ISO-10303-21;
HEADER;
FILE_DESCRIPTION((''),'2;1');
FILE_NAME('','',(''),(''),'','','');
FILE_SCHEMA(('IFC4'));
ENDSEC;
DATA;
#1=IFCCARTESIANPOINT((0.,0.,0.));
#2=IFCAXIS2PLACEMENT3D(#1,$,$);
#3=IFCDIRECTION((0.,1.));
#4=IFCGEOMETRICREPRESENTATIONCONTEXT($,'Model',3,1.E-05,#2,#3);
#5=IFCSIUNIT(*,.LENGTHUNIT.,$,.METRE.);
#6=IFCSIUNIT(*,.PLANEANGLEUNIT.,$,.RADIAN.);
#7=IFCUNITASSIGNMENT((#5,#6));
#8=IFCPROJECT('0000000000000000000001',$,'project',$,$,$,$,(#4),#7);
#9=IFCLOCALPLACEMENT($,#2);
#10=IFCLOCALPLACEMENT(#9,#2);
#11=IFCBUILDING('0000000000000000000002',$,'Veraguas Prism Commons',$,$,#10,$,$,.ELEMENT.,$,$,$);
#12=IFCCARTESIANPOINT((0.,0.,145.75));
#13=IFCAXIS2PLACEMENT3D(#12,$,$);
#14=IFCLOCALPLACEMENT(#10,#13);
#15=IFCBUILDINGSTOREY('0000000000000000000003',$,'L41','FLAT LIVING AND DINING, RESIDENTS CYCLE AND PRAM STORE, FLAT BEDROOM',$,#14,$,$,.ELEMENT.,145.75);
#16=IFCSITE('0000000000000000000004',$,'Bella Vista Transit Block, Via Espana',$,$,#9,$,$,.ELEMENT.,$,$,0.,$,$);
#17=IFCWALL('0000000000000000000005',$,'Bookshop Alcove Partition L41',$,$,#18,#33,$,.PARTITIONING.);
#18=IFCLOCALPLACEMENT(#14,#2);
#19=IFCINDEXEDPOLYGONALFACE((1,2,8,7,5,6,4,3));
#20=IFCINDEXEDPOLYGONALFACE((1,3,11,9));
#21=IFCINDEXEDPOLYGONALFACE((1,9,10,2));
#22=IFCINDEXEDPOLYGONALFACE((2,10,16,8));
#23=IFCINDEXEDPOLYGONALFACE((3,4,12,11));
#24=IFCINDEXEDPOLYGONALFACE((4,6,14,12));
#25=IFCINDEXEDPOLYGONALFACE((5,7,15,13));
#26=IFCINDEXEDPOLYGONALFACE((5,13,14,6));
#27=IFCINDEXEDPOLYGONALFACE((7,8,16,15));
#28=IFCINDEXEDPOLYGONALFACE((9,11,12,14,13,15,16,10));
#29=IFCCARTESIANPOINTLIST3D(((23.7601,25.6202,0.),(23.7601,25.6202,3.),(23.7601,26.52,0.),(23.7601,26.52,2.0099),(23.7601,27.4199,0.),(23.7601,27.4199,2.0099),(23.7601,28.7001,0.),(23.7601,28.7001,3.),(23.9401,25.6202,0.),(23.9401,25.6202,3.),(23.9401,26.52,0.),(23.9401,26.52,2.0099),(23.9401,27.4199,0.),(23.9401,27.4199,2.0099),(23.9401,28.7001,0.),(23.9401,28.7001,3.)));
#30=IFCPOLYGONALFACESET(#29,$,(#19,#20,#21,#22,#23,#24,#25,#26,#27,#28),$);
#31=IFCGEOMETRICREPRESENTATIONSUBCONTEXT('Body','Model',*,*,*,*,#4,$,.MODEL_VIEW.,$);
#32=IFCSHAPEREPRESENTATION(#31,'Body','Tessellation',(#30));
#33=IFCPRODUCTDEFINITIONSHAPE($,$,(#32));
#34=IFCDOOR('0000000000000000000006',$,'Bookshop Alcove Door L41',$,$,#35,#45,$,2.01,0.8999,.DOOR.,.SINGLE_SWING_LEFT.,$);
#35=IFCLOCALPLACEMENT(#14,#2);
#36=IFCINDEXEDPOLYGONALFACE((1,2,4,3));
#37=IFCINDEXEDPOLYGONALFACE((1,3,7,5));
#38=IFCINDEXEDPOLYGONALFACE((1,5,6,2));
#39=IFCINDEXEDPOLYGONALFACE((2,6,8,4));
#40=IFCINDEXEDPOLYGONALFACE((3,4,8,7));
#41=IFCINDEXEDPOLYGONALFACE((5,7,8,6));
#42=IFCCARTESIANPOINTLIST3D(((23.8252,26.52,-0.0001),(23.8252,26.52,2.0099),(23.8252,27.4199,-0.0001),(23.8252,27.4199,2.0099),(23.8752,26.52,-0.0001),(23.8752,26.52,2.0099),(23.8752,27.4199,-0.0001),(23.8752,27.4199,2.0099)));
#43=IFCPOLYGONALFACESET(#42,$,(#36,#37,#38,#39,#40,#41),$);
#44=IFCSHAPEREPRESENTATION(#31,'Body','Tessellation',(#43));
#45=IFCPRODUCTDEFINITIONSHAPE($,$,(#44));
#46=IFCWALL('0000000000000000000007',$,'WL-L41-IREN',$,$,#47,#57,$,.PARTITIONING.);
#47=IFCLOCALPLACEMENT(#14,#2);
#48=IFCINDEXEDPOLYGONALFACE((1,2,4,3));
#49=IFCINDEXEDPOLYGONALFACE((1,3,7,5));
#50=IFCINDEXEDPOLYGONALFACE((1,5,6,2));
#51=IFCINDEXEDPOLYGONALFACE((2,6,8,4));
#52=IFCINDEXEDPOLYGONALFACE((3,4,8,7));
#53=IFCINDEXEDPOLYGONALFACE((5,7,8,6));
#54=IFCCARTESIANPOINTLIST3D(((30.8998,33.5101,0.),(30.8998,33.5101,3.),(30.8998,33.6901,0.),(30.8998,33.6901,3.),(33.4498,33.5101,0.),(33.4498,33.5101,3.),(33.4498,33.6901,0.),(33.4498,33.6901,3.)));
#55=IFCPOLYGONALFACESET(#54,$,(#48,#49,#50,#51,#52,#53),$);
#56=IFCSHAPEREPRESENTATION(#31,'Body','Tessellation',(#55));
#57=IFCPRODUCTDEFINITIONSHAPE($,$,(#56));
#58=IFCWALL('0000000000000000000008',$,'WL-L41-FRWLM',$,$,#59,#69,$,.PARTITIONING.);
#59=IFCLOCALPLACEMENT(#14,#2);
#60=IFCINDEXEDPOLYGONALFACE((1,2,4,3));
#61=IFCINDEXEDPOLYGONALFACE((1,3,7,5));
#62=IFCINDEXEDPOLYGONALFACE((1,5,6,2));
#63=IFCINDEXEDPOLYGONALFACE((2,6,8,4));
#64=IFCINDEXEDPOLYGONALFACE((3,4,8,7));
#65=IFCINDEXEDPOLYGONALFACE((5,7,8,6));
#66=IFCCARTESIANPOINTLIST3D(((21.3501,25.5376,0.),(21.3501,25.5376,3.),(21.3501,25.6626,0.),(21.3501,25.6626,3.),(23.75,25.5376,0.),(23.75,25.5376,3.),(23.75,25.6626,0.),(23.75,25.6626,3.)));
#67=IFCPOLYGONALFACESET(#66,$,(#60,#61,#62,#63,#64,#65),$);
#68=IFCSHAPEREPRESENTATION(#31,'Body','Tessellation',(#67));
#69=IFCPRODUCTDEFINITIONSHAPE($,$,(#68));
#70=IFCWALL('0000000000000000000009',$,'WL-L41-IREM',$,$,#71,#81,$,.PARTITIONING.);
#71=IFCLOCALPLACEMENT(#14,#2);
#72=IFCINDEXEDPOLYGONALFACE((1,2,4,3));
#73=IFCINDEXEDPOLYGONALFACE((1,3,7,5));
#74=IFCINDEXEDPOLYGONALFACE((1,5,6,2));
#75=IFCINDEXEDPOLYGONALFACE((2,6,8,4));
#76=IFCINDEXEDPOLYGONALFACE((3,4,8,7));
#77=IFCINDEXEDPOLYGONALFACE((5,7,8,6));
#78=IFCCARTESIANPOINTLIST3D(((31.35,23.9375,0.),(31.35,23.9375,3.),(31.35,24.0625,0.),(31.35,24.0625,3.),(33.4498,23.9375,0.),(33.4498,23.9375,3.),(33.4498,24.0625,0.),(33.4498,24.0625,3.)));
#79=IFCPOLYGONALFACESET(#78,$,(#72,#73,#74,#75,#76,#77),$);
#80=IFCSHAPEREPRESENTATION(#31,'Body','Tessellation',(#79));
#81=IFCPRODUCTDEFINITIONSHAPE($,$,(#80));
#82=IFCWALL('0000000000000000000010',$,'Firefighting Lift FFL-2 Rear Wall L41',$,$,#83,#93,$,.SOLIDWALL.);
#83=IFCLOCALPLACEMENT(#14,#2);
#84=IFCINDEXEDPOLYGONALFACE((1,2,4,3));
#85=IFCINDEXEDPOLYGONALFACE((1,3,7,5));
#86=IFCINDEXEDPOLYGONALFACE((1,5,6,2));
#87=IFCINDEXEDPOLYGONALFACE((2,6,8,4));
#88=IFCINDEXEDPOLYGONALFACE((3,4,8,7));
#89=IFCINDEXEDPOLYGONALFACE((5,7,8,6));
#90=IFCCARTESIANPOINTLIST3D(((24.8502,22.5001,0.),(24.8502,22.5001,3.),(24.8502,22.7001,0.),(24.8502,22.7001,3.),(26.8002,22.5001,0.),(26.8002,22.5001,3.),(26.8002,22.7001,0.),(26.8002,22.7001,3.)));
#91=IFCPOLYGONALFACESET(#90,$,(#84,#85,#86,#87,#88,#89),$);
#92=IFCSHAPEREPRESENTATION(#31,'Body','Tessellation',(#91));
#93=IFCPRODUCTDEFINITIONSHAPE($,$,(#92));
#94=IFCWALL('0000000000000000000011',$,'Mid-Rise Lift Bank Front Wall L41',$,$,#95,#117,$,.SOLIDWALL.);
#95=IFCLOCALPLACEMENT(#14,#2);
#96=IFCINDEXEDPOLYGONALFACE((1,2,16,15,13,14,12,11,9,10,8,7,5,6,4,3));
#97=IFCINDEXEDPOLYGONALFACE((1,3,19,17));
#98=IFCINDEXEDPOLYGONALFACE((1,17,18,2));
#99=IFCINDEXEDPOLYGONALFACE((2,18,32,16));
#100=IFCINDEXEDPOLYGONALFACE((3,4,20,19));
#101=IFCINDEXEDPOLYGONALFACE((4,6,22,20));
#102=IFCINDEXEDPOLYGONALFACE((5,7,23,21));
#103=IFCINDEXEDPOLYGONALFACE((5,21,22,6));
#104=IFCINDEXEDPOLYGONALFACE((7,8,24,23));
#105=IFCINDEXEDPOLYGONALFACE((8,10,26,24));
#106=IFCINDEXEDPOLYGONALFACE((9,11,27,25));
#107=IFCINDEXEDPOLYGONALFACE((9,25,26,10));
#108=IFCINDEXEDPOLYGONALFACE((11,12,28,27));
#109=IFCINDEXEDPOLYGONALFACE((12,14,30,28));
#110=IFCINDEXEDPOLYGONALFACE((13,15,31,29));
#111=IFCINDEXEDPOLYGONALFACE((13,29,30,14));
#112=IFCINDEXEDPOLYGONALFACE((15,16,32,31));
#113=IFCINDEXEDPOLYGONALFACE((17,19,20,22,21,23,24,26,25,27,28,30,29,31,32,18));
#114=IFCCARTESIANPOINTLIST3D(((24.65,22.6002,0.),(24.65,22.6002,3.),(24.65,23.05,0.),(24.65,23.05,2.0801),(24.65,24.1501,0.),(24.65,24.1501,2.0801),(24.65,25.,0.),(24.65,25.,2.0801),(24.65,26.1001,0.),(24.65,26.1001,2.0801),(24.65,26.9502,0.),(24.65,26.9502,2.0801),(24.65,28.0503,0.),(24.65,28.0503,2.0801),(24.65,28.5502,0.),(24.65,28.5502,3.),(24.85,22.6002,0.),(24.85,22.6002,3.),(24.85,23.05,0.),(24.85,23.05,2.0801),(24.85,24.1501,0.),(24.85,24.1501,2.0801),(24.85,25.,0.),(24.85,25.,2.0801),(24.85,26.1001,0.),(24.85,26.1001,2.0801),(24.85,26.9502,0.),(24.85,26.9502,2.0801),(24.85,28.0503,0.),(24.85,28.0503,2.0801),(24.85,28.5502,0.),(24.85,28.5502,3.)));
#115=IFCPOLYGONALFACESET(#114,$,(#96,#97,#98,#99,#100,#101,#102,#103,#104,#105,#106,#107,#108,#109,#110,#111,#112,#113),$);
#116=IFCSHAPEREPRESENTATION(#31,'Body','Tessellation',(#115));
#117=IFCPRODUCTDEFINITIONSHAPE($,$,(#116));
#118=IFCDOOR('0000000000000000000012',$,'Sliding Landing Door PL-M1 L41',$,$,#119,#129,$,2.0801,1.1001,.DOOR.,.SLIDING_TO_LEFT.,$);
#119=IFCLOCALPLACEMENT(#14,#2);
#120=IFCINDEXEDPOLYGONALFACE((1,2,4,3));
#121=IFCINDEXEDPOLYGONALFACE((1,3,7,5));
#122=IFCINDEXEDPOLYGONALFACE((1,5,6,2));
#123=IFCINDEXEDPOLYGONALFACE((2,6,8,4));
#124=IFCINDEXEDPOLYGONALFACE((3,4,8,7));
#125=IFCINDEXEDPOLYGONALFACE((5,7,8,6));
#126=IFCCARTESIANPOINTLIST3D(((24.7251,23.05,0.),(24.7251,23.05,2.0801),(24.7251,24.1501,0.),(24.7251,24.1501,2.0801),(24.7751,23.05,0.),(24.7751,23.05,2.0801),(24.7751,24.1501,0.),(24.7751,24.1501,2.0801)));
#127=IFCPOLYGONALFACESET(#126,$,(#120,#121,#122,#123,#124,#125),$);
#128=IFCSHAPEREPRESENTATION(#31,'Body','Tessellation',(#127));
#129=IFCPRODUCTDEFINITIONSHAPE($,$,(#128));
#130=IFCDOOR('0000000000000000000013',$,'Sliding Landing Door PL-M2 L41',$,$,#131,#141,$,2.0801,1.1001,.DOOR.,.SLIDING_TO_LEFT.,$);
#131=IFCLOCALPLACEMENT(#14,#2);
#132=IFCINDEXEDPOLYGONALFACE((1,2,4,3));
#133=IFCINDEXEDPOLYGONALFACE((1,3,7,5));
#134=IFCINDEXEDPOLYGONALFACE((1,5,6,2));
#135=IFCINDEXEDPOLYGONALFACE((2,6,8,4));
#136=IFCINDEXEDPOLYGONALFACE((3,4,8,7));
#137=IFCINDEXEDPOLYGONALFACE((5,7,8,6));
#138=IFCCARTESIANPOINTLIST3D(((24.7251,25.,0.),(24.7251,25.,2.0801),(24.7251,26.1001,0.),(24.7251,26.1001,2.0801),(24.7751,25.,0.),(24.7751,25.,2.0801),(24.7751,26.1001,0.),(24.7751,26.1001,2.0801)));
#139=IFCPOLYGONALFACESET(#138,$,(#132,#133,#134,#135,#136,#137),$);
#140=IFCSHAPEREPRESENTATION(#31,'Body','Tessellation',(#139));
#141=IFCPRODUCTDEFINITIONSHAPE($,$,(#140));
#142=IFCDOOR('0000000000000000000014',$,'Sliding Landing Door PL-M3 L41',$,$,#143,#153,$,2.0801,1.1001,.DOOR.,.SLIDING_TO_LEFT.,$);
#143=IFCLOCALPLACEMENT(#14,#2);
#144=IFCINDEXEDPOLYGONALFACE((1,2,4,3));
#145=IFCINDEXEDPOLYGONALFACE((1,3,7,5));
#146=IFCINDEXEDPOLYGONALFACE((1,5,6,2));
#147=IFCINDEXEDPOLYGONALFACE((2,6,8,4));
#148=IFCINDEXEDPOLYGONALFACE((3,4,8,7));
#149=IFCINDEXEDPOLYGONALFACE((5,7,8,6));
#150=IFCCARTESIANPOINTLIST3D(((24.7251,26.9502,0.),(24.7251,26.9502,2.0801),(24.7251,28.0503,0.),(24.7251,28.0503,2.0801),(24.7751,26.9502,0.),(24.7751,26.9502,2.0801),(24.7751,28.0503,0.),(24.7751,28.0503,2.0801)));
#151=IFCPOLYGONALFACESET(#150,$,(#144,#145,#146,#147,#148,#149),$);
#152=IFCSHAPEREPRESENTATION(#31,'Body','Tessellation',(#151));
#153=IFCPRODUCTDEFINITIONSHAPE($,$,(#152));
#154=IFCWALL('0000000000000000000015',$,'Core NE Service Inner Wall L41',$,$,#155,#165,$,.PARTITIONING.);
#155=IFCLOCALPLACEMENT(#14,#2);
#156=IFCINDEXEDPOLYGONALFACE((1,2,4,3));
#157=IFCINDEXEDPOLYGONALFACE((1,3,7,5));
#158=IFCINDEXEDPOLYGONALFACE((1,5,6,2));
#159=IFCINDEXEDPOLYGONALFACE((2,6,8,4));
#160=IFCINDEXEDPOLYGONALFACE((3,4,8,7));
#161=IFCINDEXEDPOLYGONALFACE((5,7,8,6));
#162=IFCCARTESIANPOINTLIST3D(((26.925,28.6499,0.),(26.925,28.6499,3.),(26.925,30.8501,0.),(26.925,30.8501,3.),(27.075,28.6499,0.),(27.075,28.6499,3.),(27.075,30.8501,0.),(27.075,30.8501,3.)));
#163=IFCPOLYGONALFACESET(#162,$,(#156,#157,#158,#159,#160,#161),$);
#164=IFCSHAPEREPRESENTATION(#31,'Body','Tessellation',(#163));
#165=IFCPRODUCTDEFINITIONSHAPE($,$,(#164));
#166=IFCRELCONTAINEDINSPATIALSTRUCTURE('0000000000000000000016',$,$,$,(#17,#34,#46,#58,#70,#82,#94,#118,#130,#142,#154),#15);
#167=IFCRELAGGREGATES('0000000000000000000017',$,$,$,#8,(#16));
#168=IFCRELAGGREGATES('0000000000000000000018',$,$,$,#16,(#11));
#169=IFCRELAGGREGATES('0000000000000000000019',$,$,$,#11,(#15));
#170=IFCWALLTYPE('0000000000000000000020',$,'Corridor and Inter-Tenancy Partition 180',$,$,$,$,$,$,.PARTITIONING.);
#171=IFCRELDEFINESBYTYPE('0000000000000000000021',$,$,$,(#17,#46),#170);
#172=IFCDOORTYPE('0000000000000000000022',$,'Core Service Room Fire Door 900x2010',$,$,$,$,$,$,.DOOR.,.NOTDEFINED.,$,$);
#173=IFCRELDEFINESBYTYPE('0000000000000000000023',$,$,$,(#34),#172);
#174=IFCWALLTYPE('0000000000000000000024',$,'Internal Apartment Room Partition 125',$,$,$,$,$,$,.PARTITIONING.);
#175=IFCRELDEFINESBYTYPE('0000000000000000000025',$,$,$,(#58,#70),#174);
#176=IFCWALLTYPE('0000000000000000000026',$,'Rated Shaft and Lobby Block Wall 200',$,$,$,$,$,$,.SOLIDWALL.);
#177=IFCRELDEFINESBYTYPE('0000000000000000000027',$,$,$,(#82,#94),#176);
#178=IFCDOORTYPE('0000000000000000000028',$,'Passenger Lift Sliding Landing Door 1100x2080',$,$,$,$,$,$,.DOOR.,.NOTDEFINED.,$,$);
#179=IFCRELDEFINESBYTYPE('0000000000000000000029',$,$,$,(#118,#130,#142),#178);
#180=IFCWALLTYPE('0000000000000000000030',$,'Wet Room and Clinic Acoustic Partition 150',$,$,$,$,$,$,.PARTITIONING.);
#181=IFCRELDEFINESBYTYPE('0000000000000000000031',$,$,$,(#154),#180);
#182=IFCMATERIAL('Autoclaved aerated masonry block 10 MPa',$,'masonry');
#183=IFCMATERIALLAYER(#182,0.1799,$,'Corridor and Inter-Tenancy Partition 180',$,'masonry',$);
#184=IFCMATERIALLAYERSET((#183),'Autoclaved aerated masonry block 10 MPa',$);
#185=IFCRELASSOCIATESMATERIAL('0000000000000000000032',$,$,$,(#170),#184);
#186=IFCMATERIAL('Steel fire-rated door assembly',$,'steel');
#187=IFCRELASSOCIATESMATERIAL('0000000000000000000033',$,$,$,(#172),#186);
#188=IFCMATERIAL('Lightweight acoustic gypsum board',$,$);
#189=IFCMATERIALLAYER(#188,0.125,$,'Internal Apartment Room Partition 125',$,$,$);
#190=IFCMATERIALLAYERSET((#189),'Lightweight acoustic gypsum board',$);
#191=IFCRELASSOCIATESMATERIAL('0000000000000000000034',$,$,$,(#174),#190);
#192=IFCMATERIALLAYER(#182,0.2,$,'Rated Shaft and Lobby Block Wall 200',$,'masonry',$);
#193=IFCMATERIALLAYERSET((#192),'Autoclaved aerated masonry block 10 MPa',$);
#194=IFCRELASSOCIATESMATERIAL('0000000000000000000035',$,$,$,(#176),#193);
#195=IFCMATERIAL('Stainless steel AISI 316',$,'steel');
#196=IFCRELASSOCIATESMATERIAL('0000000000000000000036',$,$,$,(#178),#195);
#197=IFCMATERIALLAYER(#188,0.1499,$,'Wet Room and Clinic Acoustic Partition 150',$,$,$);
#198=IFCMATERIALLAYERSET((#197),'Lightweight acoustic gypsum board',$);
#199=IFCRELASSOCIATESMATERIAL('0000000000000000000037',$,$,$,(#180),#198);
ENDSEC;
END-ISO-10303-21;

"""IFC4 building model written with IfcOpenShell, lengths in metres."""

from ifc_helpers import new_model, si_unit, direction, frame, frame_2d, origin, place, context, subcontext, project, spatial, rectangle, extrude, source, transform, mapped, material, layer, layer_set, type_object, element, fill, save


model = new_model("IFC4")

# Units and contexts
model_context = context("Model", 3, precision=1e-05, world=origin(), true_north=direction((0.0, 1.0)))
body_context = subcontext(model_context, "Body", "Model", "MODEL_VIEW")
ifc_project = project(units=[si_unit("LENGTHUNIT", "METRE"), si_unit("PLANEANGLEUNIT", "RADIAN")], contexts=[model_context])

# Site, building, storey
site_placement = place(None, origin())
site = spatial("IfcSite", under=ifc_project, at=site_placement, Name="Bella Vista Transit Block, Via Espana", CompositionType="ELEMENT", RefElevation=0.0)
building_placement = place(site_placement, origin())
building = spatial("IfcBuilding", under=site, at=building_placement, Name="Veraguas Prism Commons", CompositionType="ELEMENT")
storey_placement = place(building_placement, frame((0.0, 0.0, 145.75)))
storey = spatial("IfcBuildingStorey", under=building, at=storey_placement, Name="L41", Description="FLAT LIVING AND DINING, RESIDENTS CYCLE AND PRAM STORE, FLAT BEDROOM", CompositionType="ELEMENT", Elevation=145.75)

# Wall, opening, door
ifc_material_1 = material(Name="Steel fire-rated door assembly", Category="steel")
ifc_material_2 = material(Name="Autoclaved aerated masonry block 10 MPa", Category="masonry")
ifc_layer_1 = layer(ifc_material_2, 0.1799, Name="Corridor and Inter-Tenancy Partition 180", Category="masonry")
ifc_layer_set_1 = layer_set([ifc_layer_1], Name="Autoclaved aerated masonry block 10 MPa")
wall_type_1 = type_object("IfcWallType", Name="Corridor and Inter-Tenancy Partition 180", PredefinedType="PARTITIONING", material=ifc_layer_set_1)
door_type_1 = type_object("IfcDoorType", Name="Core Service Room Fire Door 900x2010", OperationType="NOTDEFINED", PredefinedType="DOOR", material=ifc_material_1)
shared_shape_1 = source(origin(), body_context, "Body", "SweptSolid", [
    extrude(rectangle(XDim=0.8999, YDim=2.01, at=frame_2d((0.45, 1.0049))), frame((0.0, 0.0249, 0.0), z_axis=(0.0, -1.0, 0.0), x_axis=(1.0, 0.0, 0.0)), (0.0, 0.0, 1.0), 0.05),
])
wall_1_placement = place(storey_placement, frame((23.8501, 25.6201, 0.0), z_axis=(0.0, 0.0, 1.0), x_axis=(0.0, 1.0, 0.0)))
wall_1 = element("IfcWall", 1, at=wall_1_placement, inside=storey, type_object=wall_type_1, Name="Bookshop Alcove Partition L41", PredefinedType="PARTITIONING", context=body_context, shape_type="SweptSolid", body=[
    extrude(rectangle(XDim=3.0798, YDim=0.1799, at=frame_2d((1.54, 0.0))), origin(), (0.0, 0.0, 1.0), 3.0),
])
opening_1_placement = place(wall_1_placement, frame((0.8999, 0.0, 0.0)))
opening_1 = element("IfcOpeningElement", 2, at=opening_1_placement, cuts=wall_1, PredefinedType="OPENING", context=body_context, shape_type="SweptSolid", body=[
    extrude(rectangle(XDim=0.8999, YDim=2.01, at=frame_2d((0.45, 1.0049))), frame((0.0, 0.0999, 0.0), z_axis=(0.0, -1.0, 0.0), x_axis=(1.0, 0.0, 0.0)), (0.0, 0.0, 1.0), 0.2),
])
door_1_placement = place(opening_1_placement, origin())
door_1 = element("IfcDoor", 3, at=door_1_placement, inside=storey, type_object=door_type_1, Name="Bookshop Alcove Door L41", OperationType="SINGLE_SWING_LEFT", OverallHeight=2.01, OverallWidth=0.8999, PredefinedType="DOOR", context=body_context, shape_type="MappedRepresentation", body=[
    mapped(shared_shape_1, transform((0.0, 0.0, 0.0), scale=1.0)),
])
fill(opening_1, door_1)

# Walls
wall_2_placement = place(storey_placement, frame((30.8999, 33.6001, 0.0), z_axis=(0.0, 0.0, 1.0), x_axis=(1.0, 0.0, 0.0)))
element("IfcWall", 4, at=wall_2_placement, inside=storey, type_object=wall_type_1, Name="WL-L41-IREN", PredefinedType="PARTITIONING", context=body_context, shape_type="SweptSolid", body=[
    extrude(rectangle(XDim=2.55, YDim=0.1799, at=frame_2d((1.2749, 0.0))), origin(), (0.0, 0.0, 1.0), 3.0),
])
ifc_material_3 = material(Name="Lightweight acoustic gypsum board")
ifc_layer_2 = layer(ifc_material_3, 0.125, Name="Internal Apartment Room Partition 125")
ifc_layer_set_2 = layer_set([ifc_layer_2], Name="Lightweight acoustic gypsum board")
wall_type_2 = type_object("IfcWallType", Name="Internal Apartment Room Partition 125", PredefinedType="PARTITIONING", material=ifc_layer_set_2)
wall_3_placement = place(storey_placement, frame((21.3501, 25.6001, 0.0), z_axis=(0.0, 0.0, 1.0), x_axis=(1.0, 0.0, 0.0)))
element("IfcWall", 5, at=wall_3_placement, inside=storey, type_object=wall_type_2, Name="WL-L41-FRWLM", PredefinedType="PARTITIONING", context=body_context, shape_type="SweptSolid", body=[
    extrude(rectangle(XDim=2.3999, YDim=0.125, at=frame_2d((1.2, 0.0))), origin(), (0.0, 0.0, 1.0), 3.0),
])
wall_4_placement = place(storey_placement, frame((31.3501, 24.0, 0.0), z_axis=(0.0, 0.0, 1.0), x_axis=(1.0, 0.0, 0.0)))
element("IfcWall", 6, at=wall_4_placement, inside=storey, type_object=wall_type_2, Name="WL-L41-IREM", PredefinedType="PARTITIONING", context=body_context, shape_type="SweptSolid", body=[
    extrude(rectangle(XDim=2.0999, YDim=0.125, at=frame_2d((1.0498, 0.0))), origin(), (0.0, 0.0, 1.0), 3.0),
])
ifc_layer_3 = layer(ifc_material_2, 0.2, Name="Rated Shaft and Lobby Block Wall 200", Category="masonry")
ifc_layer_set_3 = layer_set([ifc_layer_3], Name="Autoclaved aerated masonry block 10 MPa")
wall_type_3 = type_object("IfcWallType", Name="Rated Shaft and Lobby Block Wall 200", PredefinedType="SOLIDWALL", material=ifc_layer_set_3)
wall_5_placement = place(storey_placement, frame((24.8501, 22.6001, 0.0), z_axis=(0.0, 0.0, 1.0), x_axis=(1.0, 0.0, 0.0)))
element("IfcWall", 7, at=wall_5_placement, inside=storey, type_object=wall_type_3, Name="Firefighting Lift FFL-2 Rear Wall L41", PredefinedType="SOLIDWALL", context=body_context, shape_type="SweptSolid", body=[
    extrude(rectangle(XDim=1.95, YDim=0.2, at=frame_2d((0.9751, 0.0))), origin(), (0.0, 0.0, 1.0), 3.0),
])

# Wall, openings, doors
wall_6_placement = place(storey_placement, frame((24.75, 22.6001, 0.0), z_axis=(0.0, 0.0, 1.0), x_axis=(0.0, 1.0, 0.0)))
wall_6 = element("IfcWall", 8, at=wall_6_placement, inside=storey, type_object=wall_type_3, Name="Mid-Rise Lift Bank Front Wall L41", PredefinedType="SOLIDWALL", context=body_context, shape_type="SweptSolid", body=[
    extrude(rectangle(XDim=5.95, YDim=0.2, at=frame_2d((2.9751, 0.0))), origin(), (0.0, 0.0, 1.0), 3.0),
])
opening_2_placement = place(wall_6_placement, frame((0.45, 0.0, 0.0)))
opening_2 = element("IfcOpeningElement", 9, at=opening_2_placement, cuts=wall_6, PredefinedType="OPENING", context=body_context, shape_type="SweptSolid", body=[
    extrude(rectangle(XDim=1.1001, YDim=2.0801, at=frame_2d((0.55, 1.04))), frame((0.0, 0.1099, 0.0), z_axis=(0.0, -1.0, 0.0), x_axis=(1.0, 0.0, 0.0)), (0.0, 0.0, 1.0), 0.22),
])
opening_3_placement = place(wall_6_placement, frame((2.3999, 0.0, 0.0)))
opening_3 = element("IfcOpeningElement", 10, at=opening_3_placement, cuts=wall_6, PredefinedType="OPENING", context=body_context, shape_type="SweptSolid", body=[
    extrude(rectangle(XDim=1.1001, YDim=2.0801, at=frame_2d((0.55, 1.04))), frame((0.0, 0.1099, 0.0), z_axis=(0.0, -1.0, 0.0), x_axis=(1.0, 0.0, 0.0)), (0.0, 0.0, 1.0), 0.22),
])
opening_4_placement = place(wall_6_placement, frame((4.3501, 0.0, 0.0)))
opening_4 = element("IfcOpeningElement", 11, at=opening_4_placement, cuts=wall_6, PredefinedType="OPENING", context=body_context, shape_type="SweptSolid", body=[
    extrude(rectangle(XDim=1.1001, YDim=2.0801, at=frame_2d((0.55, 1.04))), frame((0.0, 0.1099, 0.0), z_axis=(0.0, -1.0, 0.0), x_axis=(1.0, 0.0, 0.0)), (0.0, 0.0, 1.0), 0.22),
])
ifc_material_4 = material(Name="Stainless steel AISI 316", Category="steel")
door_type_2 = type_object("IfcDoorType", Name="Passenger Lift Sliding Landing Door 1100x2080", OperationType="NOTDEFINED", PredefinedType="DOOR", material=ifc_material_4)
shared_shape_2 = source(origin(), body_context, "Body", "SweptSolid", [
    extrude(rectangle(XDim=1.1001, YDim=2.0801, at=frame_2d((0.55, 1.04))), frame((0.0, 0.0249, 0.0), z_axis=(0.0, -1.0, 0.0), x_axis=(1.0, 0.0, 0.0)), (0.0, 0.0, 1.0), 0.05),
])
door_2_placement = place(opening_2_placement, origin())
door_2 = element("IfcDoor", 12, at=door_2_placement, inside=storey, type_object=door_type_2, Name="Sliding Landing Door PL-M1 L41", OperationType="SLIDING_TO_LEFT", OverallHeight=2.0801, OverallWidth=1.1001, PredefinedType="DOOR", context=body_context, shape_type="MappedRepresentation", body=[
    mapped(shared_shape_2, transform((0.0, 0.0, 0.0), scale=1.0)),
])
fill(opening_2, door_2)
door_3_placement = place(opening_3_placement, origin())
door_3 = element("IfcDoor", 13, at=door_3_placement, inside=storey, type_object=door_type_2, Name="Sliding Landing Door PL-M2 L41", OperationType="SLIDING_TO_LEFT", OverallHeight=2.0801, OverallWidth=1.1001, PredefinedType="DOOR", context=body_context, shape_type="MappedRepresentation", body=[
    mapped(shared_shape_2, transform((0.0, 0.0, 0.0), scale=1.0)),
])
fill(opening_3, door_3)
door_4_placement = place(opening_4_placement, origin())
door_4 = element("IfcDoor", 14, at=door_4_placement, inside=storey, type_object=door_type_2, Name="Sliding Landing Door PL-M3 L41", OperationType="SLIDING_TO_LEFT", OverallHeight=2.0801, OverallWidth=1.1001, PredefinedType="DOOR", context=body_context, shape_type="MappedRepresentation", body=[
    mapped(shared_shape_2, transform((0.0, 0.0, 0.0), scale=1.0)),
])
fill(opening_4, door_4)

# Wall
ifc_layer_4 = layer(ifc_material_3, 0.1499, Name="Wet Room and Clinic Acoustic Partition 150")
ifc_layer_set_4 = layer_set([ifc_layer_4], Name="Lightweight acoustic gypsum board")
wall_type_4 = type_object("IfcWallType", Name="Wet Room and Clinic Acoustic Partition 150", PredefinedType="PARTITIONING", material=ifc_layer_set_4)
wall_7_placement = place(storey_placement, frame((27.0, 28.6499, 0.0), z_axis=(0.0, 0.0, 1.0), x_axis=(0.0, 1.0, 0.0)))
element("IfcWall", 15, at=wall_7_placement, inside=storey, type_object=wall_type_4, Name="Core NE Service Inner Wall L41", PredefinedType="PARTITIONING", context=body_context, shape_type="SweptSolid", body=[
    extrude(rectangle(XDim=2.2002, YDim=0.1499, at=frame_2d((1.1001, 0.0))), origin(), (0.0, 0.0, 1.0), 3.0),
])

save(model, "model.ifc")
